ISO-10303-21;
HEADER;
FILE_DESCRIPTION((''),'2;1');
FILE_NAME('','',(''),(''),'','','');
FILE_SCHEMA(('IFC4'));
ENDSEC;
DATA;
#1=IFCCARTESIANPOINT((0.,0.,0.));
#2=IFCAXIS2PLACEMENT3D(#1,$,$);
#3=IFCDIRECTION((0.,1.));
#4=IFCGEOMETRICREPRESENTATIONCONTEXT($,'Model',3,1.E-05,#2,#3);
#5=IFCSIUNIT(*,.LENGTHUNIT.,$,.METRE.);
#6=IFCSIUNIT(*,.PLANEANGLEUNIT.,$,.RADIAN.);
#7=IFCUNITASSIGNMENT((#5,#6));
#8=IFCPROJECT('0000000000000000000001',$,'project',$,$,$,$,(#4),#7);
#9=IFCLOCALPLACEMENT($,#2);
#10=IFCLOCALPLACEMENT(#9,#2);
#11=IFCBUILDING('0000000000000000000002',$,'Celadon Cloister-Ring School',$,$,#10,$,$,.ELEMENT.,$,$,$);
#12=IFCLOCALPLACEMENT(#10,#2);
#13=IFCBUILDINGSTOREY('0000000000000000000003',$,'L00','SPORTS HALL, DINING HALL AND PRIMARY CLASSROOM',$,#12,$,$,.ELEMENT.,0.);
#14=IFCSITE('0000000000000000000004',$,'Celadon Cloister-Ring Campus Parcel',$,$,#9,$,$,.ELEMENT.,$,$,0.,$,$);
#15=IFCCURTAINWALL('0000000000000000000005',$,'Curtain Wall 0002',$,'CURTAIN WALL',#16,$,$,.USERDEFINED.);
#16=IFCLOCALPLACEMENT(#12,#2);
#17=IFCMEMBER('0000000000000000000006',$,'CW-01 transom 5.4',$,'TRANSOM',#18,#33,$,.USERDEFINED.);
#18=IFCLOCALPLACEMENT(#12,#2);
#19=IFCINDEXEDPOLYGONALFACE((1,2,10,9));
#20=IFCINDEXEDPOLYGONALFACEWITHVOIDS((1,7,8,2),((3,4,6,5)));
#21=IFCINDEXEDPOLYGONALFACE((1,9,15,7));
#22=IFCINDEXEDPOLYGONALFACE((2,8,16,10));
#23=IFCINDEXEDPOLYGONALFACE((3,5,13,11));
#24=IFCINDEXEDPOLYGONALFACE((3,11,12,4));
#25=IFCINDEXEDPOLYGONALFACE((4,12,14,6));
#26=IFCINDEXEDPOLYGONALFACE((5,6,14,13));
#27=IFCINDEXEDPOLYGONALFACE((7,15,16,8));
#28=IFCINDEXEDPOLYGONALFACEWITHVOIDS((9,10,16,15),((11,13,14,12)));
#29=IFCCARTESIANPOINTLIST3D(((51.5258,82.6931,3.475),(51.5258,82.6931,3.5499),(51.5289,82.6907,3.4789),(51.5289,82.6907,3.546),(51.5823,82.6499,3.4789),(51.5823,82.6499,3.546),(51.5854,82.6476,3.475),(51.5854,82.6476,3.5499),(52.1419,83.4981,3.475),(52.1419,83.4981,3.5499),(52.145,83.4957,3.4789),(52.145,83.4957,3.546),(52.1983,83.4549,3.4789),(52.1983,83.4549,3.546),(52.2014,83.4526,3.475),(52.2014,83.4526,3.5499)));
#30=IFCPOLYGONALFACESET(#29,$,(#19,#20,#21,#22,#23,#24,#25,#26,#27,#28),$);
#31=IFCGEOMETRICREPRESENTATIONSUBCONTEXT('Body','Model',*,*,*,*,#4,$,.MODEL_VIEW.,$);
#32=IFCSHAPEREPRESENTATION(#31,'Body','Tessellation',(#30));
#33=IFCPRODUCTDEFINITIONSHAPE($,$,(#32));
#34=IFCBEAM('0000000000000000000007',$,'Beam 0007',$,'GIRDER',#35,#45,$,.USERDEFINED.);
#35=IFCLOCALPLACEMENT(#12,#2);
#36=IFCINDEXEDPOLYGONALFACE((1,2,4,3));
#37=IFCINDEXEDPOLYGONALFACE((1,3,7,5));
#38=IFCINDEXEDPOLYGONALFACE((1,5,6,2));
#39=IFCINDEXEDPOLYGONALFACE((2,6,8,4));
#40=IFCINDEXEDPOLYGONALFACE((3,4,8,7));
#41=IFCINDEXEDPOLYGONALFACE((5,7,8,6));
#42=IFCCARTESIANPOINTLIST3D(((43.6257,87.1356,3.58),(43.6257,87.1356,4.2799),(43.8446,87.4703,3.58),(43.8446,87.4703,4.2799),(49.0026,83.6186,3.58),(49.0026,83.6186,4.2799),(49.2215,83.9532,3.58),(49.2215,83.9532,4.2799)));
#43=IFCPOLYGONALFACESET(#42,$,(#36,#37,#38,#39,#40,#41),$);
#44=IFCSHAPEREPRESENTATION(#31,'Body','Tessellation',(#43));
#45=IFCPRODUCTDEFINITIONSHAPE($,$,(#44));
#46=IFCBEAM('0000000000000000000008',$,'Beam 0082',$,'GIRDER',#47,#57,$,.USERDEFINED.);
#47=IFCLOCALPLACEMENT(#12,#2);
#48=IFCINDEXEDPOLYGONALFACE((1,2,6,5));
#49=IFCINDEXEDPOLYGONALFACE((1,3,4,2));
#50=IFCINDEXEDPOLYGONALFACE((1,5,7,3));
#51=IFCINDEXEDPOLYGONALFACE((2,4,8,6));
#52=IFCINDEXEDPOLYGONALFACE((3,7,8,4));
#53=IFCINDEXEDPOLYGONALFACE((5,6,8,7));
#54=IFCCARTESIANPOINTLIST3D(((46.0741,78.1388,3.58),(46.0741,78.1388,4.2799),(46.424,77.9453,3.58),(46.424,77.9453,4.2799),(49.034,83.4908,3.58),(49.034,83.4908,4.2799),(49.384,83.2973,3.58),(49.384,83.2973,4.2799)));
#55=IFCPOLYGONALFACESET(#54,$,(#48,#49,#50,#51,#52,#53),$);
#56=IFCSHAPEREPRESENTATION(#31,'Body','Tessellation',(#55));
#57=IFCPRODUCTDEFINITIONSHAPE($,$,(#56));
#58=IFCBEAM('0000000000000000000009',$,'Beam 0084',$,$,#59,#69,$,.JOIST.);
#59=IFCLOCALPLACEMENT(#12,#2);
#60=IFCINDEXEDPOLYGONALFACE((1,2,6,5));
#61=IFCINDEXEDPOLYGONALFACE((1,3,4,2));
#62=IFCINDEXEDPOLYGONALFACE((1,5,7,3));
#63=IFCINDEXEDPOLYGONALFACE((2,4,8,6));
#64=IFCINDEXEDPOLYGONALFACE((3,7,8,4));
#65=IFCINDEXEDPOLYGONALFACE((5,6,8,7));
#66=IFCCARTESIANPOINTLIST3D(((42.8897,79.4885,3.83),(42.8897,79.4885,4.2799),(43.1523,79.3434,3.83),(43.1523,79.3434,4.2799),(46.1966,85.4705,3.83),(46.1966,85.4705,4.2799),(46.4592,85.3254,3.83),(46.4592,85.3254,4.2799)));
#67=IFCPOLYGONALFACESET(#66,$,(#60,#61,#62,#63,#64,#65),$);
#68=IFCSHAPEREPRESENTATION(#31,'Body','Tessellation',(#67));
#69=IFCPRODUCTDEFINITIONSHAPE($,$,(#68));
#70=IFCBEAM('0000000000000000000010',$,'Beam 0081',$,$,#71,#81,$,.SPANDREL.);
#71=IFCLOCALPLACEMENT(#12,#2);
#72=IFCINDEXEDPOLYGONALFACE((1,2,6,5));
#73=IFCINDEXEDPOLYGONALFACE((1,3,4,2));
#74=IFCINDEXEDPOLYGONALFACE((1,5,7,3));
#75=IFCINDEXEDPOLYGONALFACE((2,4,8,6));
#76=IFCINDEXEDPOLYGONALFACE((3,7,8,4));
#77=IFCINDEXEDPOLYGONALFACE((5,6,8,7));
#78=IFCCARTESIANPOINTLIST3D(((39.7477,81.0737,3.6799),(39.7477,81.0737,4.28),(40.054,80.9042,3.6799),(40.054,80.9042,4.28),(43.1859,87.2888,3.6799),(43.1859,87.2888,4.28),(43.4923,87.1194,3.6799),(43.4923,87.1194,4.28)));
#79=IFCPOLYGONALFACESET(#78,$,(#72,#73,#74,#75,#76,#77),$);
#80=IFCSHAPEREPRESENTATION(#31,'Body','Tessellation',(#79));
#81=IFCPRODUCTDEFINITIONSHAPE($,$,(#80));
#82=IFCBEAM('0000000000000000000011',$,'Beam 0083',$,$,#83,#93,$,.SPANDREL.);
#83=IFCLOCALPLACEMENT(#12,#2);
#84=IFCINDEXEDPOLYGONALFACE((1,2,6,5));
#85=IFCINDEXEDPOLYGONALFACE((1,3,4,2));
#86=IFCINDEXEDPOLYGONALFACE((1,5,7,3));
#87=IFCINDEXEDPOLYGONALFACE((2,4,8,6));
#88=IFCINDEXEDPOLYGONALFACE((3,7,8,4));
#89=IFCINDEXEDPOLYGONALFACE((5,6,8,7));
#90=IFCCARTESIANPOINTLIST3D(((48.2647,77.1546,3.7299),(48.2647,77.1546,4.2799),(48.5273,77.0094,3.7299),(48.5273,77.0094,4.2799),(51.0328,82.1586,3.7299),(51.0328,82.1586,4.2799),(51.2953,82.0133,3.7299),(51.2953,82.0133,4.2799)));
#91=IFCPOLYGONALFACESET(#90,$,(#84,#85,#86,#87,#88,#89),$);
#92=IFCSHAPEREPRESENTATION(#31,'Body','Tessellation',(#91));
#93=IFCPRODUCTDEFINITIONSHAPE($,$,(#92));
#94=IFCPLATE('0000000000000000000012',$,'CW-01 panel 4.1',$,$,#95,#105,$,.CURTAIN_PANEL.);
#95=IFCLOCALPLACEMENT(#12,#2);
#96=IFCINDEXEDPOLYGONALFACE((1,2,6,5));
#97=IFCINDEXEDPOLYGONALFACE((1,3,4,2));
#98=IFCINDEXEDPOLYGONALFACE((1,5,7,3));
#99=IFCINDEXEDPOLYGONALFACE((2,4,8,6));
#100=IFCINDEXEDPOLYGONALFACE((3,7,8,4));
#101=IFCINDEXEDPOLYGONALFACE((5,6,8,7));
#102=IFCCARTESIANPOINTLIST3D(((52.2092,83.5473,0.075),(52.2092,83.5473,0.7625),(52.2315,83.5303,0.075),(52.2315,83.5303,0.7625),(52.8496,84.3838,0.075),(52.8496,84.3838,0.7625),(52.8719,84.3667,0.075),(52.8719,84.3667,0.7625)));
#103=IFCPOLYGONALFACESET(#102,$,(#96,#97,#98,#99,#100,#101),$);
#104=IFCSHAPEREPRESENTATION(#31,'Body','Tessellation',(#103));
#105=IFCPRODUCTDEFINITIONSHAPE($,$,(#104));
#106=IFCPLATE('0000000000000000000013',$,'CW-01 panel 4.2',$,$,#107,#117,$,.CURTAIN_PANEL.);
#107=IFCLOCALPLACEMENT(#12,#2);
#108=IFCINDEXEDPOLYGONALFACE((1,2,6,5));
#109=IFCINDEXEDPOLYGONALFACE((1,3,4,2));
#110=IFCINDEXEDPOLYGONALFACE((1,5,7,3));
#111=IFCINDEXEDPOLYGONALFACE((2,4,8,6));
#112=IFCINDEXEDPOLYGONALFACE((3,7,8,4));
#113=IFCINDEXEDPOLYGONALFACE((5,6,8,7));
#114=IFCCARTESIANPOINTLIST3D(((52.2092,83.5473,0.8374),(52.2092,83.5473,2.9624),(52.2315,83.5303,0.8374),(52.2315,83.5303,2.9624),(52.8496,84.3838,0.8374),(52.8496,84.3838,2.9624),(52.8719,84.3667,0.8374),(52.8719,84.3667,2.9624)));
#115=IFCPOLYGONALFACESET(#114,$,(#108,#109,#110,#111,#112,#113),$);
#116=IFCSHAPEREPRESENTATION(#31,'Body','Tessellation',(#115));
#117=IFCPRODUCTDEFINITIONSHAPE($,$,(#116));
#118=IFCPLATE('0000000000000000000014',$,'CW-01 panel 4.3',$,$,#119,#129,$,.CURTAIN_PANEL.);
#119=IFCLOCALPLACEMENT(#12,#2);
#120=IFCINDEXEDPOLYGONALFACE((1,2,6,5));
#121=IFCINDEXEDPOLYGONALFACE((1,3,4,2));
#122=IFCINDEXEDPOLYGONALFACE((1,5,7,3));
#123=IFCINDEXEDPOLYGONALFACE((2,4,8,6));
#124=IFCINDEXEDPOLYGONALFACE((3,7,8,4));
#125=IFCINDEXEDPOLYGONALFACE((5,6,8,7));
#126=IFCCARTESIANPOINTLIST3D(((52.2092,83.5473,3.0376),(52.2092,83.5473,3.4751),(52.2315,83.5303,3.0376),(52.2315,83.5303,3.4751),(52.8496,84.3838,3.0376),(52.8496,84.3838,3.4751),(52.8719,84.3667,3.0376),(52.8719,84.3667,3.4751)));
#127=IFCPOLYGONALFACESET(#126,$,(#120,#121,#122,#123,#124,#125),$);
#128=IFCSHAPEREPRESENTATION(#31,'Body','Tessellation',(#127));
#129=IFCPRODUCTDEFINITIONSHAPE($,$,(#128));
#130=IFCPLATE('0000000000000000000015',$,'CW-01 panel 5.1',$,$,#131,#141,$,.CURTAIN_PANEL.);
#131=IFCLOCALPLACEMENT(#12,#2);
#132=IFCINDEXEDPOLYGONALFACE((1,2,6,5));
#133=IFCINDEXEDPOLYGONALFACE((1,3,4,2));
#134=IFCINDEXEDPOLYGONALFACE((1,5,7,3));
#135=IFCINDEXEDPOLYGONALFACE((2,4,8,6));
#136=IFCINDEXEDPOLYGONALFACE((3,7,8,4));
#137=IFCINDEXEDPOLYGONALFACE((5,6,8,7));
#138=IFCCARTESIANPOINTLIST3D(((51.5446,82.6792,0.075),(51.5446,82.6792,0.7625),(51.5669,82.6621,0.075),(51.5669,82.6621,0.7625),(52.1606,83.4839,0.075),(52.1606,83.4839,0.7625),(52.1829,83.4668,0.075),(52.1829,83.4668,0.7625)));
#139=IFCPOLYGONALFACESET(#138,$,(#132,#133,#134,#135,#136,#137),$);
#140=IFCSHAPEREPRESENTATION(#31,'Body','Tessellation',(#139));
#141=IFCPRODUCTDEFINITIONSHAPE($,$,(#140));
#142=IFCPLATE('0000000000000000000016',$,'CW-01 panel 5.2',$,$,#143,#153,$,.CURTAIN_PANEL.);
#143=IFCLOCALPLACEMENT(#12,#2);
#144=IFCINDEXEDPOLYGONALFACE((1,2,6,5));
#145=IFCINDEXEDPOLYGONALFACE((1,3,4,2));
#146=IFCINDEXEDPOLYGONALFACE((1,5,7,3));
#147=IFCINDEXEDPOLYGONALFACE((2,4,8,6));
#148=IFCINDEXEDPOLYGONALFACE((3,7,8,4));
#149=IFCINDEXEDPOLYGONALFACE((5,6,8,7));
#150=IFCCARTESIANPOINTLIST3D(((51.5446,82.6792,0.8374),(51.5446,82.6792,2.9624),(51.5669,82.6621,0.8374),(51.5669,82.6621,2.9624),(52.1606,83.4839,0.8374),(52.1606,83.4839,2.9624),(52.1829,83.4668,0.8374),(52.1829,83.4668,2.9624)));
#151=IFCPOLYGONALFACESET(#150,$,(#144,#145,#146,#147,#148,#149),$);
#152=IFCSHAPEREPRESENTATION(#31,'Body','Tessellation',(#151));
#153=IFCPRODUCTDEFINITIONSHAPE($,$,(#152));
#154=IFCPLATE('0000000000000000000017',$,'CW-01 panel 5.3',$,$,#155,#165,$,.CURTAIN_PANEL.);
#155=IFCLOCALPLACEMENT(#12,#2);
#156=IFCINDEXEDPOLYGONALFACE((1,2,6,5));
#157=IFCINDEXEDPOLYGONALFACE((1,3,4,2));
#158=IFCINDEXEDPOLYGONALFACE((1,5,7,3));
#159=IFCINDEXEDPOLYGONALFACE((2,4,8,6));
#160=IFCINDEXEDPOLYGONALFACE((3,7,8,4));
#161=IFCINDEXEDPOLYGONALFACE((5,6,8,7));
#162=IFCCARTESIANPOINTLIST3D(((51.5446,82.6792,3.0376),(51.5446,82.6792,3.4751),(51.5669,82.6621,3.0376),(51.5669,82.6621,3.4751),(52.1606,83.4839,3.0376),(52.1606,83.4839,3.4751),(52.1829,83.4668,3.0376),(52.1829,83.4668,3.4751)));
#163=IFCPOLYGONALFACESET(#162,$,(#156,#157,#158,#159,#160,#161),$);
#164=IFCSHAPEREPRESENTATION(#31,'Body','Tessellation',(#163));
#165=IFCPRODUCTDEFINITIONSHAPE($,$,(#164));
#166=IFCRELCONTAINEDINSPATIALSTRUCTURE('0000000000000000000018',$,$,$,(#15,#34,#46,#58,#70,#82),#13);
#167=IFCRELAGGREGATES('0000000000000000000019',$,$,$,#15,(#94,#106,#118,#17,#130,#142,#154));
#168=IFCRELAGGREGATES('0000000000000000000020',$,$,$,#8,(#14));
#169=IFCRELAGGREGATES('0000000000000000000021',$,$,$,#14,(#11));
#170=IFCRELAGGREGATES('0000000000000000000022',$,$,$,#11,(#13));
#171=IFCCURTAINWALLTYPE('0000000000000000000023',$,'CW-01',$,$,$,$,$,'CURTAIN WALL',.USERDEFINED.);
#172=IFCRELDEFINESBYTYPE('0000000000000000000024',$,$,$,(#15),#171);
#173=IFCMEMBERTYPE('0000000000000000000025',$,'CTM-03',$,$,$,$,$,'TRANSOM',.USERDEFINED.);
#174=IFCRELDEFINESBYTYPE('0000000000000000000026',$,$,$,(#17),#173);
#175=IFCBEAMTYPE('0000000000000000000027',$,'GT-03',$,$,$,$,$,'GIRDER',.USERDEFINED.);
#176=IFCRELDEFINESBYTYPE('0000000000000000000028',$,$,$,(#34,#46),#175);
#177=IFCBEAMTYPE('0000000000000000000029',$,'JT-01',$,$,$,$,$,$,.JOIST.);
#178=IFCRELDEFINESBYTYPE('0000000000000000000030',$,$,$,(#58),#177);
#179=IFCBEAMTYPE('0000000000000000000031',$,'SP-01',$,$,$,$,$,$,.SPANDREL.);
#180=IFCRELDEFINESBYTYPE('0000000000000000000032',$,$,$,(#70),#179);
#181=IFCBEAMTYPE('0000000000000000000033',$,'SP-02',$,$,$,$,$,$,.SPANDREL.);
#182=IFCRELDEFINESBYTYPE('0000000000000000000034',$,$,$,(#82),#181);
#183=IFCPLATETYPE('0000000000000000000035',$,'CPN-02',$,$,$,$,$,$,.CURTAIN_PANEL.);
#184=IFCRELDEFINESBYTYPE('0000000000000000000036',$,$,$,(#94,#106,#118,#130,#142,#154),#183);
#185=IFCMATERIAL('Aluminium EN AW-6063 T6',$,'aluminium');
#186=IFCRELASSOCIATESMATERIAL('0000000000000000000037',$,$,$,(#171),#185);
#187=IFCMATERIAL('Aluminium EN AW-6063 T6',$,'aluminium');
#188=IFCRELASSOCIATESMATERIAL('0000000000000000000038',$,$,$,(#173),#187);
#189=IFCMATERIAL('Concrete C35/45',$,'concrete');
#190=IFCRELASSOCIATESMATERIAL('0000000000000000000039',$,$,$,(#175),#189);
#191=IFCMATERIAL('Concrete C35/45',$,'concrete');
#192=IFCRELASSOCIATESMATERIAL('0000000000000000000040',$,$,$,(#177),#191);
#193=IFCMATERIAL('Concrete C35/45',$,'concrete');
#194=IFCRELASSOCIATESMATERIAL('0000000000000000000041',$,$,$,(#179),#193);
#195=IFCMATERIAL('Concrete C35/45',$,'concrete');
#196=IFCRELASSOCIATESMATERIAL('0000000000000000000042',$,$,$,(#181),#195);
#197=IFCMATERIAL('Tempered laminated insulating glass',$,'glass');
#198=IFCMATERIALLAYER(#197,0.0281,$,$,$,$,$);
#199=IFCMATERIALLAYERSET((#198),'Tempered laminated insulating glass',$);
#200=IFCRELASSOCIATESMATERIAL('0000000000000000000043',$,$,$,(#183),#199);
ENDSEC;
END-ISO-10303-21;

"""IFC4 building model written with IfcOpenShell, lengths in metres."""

from ifc_helpers import new_model, si_unit, direction, frame, origin, origin_2d, place, context, subcontext, project, spatial, rectangle, hollow_rectangle, extrude, material, layer, layer_set, material_profile, profile_set, type_object, element, aggregate, save


model = new_model("IFC4")

# Units and contexts
model_context = context("Model", 3, precision=1e-05, world=origin(), true_north=direction((0.0, 1.0)))
body_context = subcontext(model_context, "Body", "Model", "MODEL_VIEW")
ifc_project = project(units=[si_unit("LENGTHUNIT", "METRE"), si_unit("PLANEANGLEUNIT", "RADIAN")], contexts=[model_context])

# Site, building, storey
site_placement = place(None, origin())
site = spatial("IfcSite", under=ifc_project, at=site_placement, Name="Celadon Cloister-Ring Campus Parcel", CompositionType="ELEMENT", RefElevation=0.0)
building_placement = place(site_placement, origin())
building = spatial("IfcBuilding", under=site, at=building_placement, Name="Celadon Cloister-Ring School", CompositionType="ELEMENT")
storey_placement = place(building_placement, origin())
storey = spatial("IfcBuildingStorey", under=building, at=storey_placement, Name="L00", Description="SPORTS HALL, DINING HALL AND PRIMARY CLASSROOM", CompositionType="ELEMENT", Elevation=0.0)

# Curtain wall, member
ifc_material_1 = material(Name="Aluminium EN AW-6063 T6", Category="aluminium")
curtain_wall_type = type_object("IfcCurtainWallType", Name="CW-01", ElementType="CURTAIN WALL", PredefinedType="USERDEFINED", material=ifc_material_1)
curtain_wall_placement = place(storey_placement, origin())
curtain_wall = element("IfcCurtainWall", 1, at=curtain_wall_placement, inside=storey, type_object=curtain_wall_type, Name="Curtain Wall 0002", ObjectType="CURTAIN WALL", PredefinedType="USERDEFINED")
ifc_material_2 = material(Name="Aluminium EN AW-6063 T6", Category="aluminium")
ifc_material_profile_1 = material_profile(ifc_material_2, hollow_rectangle(XDim=0.075, YDim=0.075, WallThickness=0.0039, at=origin_2d()), Name="RHS75X75X4")
ifc_profile_set_1 = profile_set([ifc_material_profile_1], Name="Aluminium EN AW-6063 T6")
member_type_1 = type_object("IfcMemberType", Name="CTM-03", ElementType="TRANSOM", PredefinedType="USERDEFINED", material=ifc_profile_set_1)
member_1_placement = place(storey_placement, frame((52.1716, 83.4753, 3.5125), z_axis=(-0.607718, -0.794153, 0.0), x_axis=(0.794153, -0.607718, 0.0)))
member_1 = element("IfcMember", 2, at=member_1_placement, type_object=member_type_1, Name="CW-01 transom 5.4", ObjectType="TRANSOM", PredefinedType="USERDEFINED", context=body_context, shape_type="SweptSolid", body=[
    extrude(hollow_rectangle(XDim=0.075, YDim=0.075, WallThickness=0.0039, at=origin_2d()), origin(), (0.0, 0.0, 1.0), 1.0137),
])

# Beams
ifc_material_3 = material(Name="Concrete C35/45", Category="concrete")
ifc_material_profile_2 = material_profile(ifc_material_3, rectangle(XDim=0.3999, YDim=0.7, at=origin_2d()), Name="RC400X700")
ifc_profile_set_2 = profile_set([ifc_material_profile_2], Name="Concrete C35/45")
beam_type_1 = type_object("IfcBeamType", Name="GT-03", ElementType="GIRDER", PredefinedType="USERDEFINED", material=ifc_profile_set_2)
beam_1_placement = place(storey_placement, frame((43.7351, 87.303, 3.9299), z_axis=(0.836871, -0.547401, 0.0), x_axis=(0.547401, 0.836871, 0.0)))
element("IfcBeam", 3, at=beam_1_placement, inside=storey, type_object=beam_type_1, Name="Beam 0007", ObjectType="GIRDER", PredefinedType="USERDEFINED", context=body_context, shape_type="SweptSolid", body=[
    extrude(rectangle(XDim=0.3999, YDim=0.7, at=origin_2d()), origin(), (0.0, 0.0, 1.0), 6.425),
])
beam_2_placement = place(storey_placement, frame((49.209, 83.394, 3.9299), z_axis=(-0.483968, -0.875086, 0.0), x_axis=(0.875086, -0.483968, 0.0)))
element("IfcBeam", 4, at=beam_2_placement, inside=storey, type_object=beam_type_1, Name="Beam 0082", ObjectType="GIRDER", PredefinedType="USERDEFINED", context=body_context, shape_type="SweptSolid", body=[
    extrude(rectangle(XDim=0.3999, YDim=0.7, at=origin_2d()), origin(), (0.0, 0.0, 1.0), 6.116),
])
ifc_material_4 = material(Name="Concrete C35/45", Category="concrete")
ifc_material_profile_3 = material_profile(ifc_material_4, rectangle(XDim=0.3, YDim=0.45, at=origin_2d()), Name="RC300X450")
ifc_profile_set_3 = profile_set([ifc_material_profile_3], Name="Concrete C35/45")
beam_type_2 = type_object("IfcBeamType", Name="JT-01", PredefinedType="JOIST", material=ifc_profile_set_3)
beam_3_placement = place(storey_placement, frame((46.3279, 85.3979, 4.0549), z_axis=(-0.483807, -0.875175, 0.0), x_axis=(0.875175, -0.483807, 0.0)))
element("IfcBeam", 5, at=beam_3_placement, inside=storey, type_object=beam_type_2, Name="Beam 0084", PredefinedType="JOIST", context=body_context, shape_type="SweptSolid", body=[
    extrude(rectangle(XDim=0.3, YDim=0.45, at=origin_2d()), origin(), (0.0, 0.0, 1.0), 6.8352),
])
ifc_material_5 = material(Name="Concrete C35/45", Category="concrete")
ifc_material_profile_4 = material_profile(ifc_material_5, rectangle(XDim=0.3501, YDim=0.6001, at=origin_2d()), Name="RC350X600")
ifc_profile_set_4 = profile_set([ifc_material_profile_4], Name="Concrete C35/45")
beam_type_3 = type_object("IfcBeamType", Name="SP-01", PredefinedType="SPANDREL", material=ifc_profile_set_4)
beam_4_placement = place(storey_placement, frame((43.3391, 87.2041, 3.98), z_axis=(-0.484072, -0.875028, 0.0), x_axis=(0.875028, -0.484072, 0.0)))
element("IfcBeam", 6, at=beam_4_placement, inside=storey, type_object=beam_type_3, Name="Beam 0081", PredefinedType="SPANDREL", context=body_context, shape_type="SweptSolid", body=[
    extrude(rectangle(XDim=0.3501, YDim=0.6001, at=origin_2d()), origin(), (0.0, 0.0, 1.0), 7.1028),
])
ifc_material_6 = material(Name="Concrete C35/45", Category="concrete")
ifc_material_profile_5 = material_profile(ifc_material_6, rectangle(XDim=0.3, YDim=0.55, at=origin_2d()), Name="RC300X550")
ifc_profile_set_5 = profile_set([ifc_material_profile_5], Name="Concrete C35/45")
beam_type_4 = type_object("IfcBeamType", Name="SP-02", PredefinedType="SPANDREL", material=ifc_profile_set_5)
beam_5_placement = place(storey_placement, frame((51.1641, 82.0859, 4.0049), z_axis=(-0.484054, -0.875038, 0.0), x_axis=(0.875038, -0.484054, 0.0)))
element("IfcBeam", 7, at=beam_5_placement, inside=storey, type_object=beam_type_4, Name="Beam 0083", PredefinedType="SPANDREL", context=body_context, shape_type="SweptSolid", body=[
    extrude(rectangle(XDim=0.3, YDim=0.55, at=origin_2d()), origin(), (0.0, 0.0, 1.0), 5.7185),
])

# Plates
ifc_material_7 = material(Name="Tempered laminated insulating glass", Category="glass")
ifc_layer_1 = layer(ifc_material_7, 0.0281)
ifc_layer_set_1 = layer_set([ifc_layer_1], Name="Tempered laminated insulating glass")
plate_type = type_object("IfcPlateType", Name="CPN-02", PredefinedType="CURTAIN_PANEL", material=ifc_layer_set_1)
plate_1_placement = place(storey_placement, frame((52.5405, 83.957, 0.075), z_axis=(0.0, 0.0, 1.0), x_axis=(-0.607876, -0.794032, 0.0)))
plate_1 = element("IfcPlate", 8, at=plate_1_placement, type_object=plate_type, Name="CW-01 panel 4.1", PredefinedType="CURTAIN_PANEL", context=body_context, shape_type="SweptSolid", body=[
    extrude(rectangle(XDim=1.0535, YDim=0.0281, at=origin_2d()), origin(), (0.0, 0.0, 1.0), 0.6875),
])
plate_2_placement = place(storey_placement, frame((52.5405, 83.957, 0.8374), z_axis=(0.0, 0.0, 1.0), x_axis=(-0.607876, -0.794032, 0.0)))
plate_2 = element("IfcPlate", 9, at=plate_2_placement, type_object=plate_type, Name="CW-01 panel 4.2", PredefinedType="CURTAIN_PANEL", context=body_context, shape_type="SweptSolid", body=[
    extrude(rectangle(XDim=1.0535, YDim=0.0281, at=origin_2d()), origin(), (0.0, 0.0, 1.0), 2.125),
])
plate_3_placement = place(storey_placement, frame((52.5405, 83.957, 3.0376), z_axis=(0.0, 0.0, 1.0), x_axis=(-0.607876, -0.794032, 0.0)))
plate_3 = element("IfcPlate", 10, at=plate_3_placement, type_object=plate_type, Name="CW-01 panel 4.3", PredefinedType="CURTAIN_PANEL", context=body_context, shape_type="SweptSolid", body=[
    extrude(rectangle(XDim=1.0535, YDim=0.0281, at=origin_2d()), origin(), (0.0, 0.0, 1.0), 0.4375),
])
plate_4_placement = place(storey_placement, frame((51.8638, 83.073, 0.075), z_axis=(0.0, 0.0, 1.0), x_axis=(-0.607876, -0.794032, 0.0)))
plate_4 = element("IfcPlate", 11, at=plate_4_placement, type_object=plate_type, Name="CW-01 panel 5.1", PredefinedType="CURTAIN_PANEL", context=body_context, shape_type="SweptSolid", body=[
    extrude(rectangle(XDim=1.0134, YDim=0.0281, at=origin_2d()), origin(), (0.0, 0.0, 1.0), 0.6875),
])
plate_5_placement = place(storey_placement, frame((51.8638, 83.073, 0.8374), z_axis=(0.0, 0.0, 1.0), x_axis=(-0.607876, -0.794032, 0.0)))
plate_5 = element("IfcPlate", 12, at=plate_5_placement, type_object=plate_type, Name="CW-01 panel 5.2", PredefinedType="CURTAIN_PANEL", context=body_context, shape_type="SweptSolid", body=[
    extrude(rectangle(XDim=1.0134, YDim=0.0281, at=origin_2d()), origin(), (0.0, 0.0, 1.0), 2.125),
])
plate_6_placement = place(storey_placement, frame((51.8638, 83.073, 3.0376), z_axis=(0.0, 0.0, 1.0), x_axis=(-0.607876, -0.794032, 0.0)))
plate_6 = element("IfcPlate", 13, at=plate_6_placement, type_object=plate_type, Name="CW-01 panel 5.3", PredefinedType="CURTAIN_PANEL", context=body_context, shape_type="SweptSolid", body=[
    extrude(rectangle(XDim=1.0134, YDim=0.0281, at=origin_2d()), origin(), (0.0, 0.0, 1.0), 0.4375),
])
aggregate(curtain_wall, [plate_1, plate_2, plate_3, member_1, plate_4, plate_5, plate_6])

save(model, "model.ifc")
